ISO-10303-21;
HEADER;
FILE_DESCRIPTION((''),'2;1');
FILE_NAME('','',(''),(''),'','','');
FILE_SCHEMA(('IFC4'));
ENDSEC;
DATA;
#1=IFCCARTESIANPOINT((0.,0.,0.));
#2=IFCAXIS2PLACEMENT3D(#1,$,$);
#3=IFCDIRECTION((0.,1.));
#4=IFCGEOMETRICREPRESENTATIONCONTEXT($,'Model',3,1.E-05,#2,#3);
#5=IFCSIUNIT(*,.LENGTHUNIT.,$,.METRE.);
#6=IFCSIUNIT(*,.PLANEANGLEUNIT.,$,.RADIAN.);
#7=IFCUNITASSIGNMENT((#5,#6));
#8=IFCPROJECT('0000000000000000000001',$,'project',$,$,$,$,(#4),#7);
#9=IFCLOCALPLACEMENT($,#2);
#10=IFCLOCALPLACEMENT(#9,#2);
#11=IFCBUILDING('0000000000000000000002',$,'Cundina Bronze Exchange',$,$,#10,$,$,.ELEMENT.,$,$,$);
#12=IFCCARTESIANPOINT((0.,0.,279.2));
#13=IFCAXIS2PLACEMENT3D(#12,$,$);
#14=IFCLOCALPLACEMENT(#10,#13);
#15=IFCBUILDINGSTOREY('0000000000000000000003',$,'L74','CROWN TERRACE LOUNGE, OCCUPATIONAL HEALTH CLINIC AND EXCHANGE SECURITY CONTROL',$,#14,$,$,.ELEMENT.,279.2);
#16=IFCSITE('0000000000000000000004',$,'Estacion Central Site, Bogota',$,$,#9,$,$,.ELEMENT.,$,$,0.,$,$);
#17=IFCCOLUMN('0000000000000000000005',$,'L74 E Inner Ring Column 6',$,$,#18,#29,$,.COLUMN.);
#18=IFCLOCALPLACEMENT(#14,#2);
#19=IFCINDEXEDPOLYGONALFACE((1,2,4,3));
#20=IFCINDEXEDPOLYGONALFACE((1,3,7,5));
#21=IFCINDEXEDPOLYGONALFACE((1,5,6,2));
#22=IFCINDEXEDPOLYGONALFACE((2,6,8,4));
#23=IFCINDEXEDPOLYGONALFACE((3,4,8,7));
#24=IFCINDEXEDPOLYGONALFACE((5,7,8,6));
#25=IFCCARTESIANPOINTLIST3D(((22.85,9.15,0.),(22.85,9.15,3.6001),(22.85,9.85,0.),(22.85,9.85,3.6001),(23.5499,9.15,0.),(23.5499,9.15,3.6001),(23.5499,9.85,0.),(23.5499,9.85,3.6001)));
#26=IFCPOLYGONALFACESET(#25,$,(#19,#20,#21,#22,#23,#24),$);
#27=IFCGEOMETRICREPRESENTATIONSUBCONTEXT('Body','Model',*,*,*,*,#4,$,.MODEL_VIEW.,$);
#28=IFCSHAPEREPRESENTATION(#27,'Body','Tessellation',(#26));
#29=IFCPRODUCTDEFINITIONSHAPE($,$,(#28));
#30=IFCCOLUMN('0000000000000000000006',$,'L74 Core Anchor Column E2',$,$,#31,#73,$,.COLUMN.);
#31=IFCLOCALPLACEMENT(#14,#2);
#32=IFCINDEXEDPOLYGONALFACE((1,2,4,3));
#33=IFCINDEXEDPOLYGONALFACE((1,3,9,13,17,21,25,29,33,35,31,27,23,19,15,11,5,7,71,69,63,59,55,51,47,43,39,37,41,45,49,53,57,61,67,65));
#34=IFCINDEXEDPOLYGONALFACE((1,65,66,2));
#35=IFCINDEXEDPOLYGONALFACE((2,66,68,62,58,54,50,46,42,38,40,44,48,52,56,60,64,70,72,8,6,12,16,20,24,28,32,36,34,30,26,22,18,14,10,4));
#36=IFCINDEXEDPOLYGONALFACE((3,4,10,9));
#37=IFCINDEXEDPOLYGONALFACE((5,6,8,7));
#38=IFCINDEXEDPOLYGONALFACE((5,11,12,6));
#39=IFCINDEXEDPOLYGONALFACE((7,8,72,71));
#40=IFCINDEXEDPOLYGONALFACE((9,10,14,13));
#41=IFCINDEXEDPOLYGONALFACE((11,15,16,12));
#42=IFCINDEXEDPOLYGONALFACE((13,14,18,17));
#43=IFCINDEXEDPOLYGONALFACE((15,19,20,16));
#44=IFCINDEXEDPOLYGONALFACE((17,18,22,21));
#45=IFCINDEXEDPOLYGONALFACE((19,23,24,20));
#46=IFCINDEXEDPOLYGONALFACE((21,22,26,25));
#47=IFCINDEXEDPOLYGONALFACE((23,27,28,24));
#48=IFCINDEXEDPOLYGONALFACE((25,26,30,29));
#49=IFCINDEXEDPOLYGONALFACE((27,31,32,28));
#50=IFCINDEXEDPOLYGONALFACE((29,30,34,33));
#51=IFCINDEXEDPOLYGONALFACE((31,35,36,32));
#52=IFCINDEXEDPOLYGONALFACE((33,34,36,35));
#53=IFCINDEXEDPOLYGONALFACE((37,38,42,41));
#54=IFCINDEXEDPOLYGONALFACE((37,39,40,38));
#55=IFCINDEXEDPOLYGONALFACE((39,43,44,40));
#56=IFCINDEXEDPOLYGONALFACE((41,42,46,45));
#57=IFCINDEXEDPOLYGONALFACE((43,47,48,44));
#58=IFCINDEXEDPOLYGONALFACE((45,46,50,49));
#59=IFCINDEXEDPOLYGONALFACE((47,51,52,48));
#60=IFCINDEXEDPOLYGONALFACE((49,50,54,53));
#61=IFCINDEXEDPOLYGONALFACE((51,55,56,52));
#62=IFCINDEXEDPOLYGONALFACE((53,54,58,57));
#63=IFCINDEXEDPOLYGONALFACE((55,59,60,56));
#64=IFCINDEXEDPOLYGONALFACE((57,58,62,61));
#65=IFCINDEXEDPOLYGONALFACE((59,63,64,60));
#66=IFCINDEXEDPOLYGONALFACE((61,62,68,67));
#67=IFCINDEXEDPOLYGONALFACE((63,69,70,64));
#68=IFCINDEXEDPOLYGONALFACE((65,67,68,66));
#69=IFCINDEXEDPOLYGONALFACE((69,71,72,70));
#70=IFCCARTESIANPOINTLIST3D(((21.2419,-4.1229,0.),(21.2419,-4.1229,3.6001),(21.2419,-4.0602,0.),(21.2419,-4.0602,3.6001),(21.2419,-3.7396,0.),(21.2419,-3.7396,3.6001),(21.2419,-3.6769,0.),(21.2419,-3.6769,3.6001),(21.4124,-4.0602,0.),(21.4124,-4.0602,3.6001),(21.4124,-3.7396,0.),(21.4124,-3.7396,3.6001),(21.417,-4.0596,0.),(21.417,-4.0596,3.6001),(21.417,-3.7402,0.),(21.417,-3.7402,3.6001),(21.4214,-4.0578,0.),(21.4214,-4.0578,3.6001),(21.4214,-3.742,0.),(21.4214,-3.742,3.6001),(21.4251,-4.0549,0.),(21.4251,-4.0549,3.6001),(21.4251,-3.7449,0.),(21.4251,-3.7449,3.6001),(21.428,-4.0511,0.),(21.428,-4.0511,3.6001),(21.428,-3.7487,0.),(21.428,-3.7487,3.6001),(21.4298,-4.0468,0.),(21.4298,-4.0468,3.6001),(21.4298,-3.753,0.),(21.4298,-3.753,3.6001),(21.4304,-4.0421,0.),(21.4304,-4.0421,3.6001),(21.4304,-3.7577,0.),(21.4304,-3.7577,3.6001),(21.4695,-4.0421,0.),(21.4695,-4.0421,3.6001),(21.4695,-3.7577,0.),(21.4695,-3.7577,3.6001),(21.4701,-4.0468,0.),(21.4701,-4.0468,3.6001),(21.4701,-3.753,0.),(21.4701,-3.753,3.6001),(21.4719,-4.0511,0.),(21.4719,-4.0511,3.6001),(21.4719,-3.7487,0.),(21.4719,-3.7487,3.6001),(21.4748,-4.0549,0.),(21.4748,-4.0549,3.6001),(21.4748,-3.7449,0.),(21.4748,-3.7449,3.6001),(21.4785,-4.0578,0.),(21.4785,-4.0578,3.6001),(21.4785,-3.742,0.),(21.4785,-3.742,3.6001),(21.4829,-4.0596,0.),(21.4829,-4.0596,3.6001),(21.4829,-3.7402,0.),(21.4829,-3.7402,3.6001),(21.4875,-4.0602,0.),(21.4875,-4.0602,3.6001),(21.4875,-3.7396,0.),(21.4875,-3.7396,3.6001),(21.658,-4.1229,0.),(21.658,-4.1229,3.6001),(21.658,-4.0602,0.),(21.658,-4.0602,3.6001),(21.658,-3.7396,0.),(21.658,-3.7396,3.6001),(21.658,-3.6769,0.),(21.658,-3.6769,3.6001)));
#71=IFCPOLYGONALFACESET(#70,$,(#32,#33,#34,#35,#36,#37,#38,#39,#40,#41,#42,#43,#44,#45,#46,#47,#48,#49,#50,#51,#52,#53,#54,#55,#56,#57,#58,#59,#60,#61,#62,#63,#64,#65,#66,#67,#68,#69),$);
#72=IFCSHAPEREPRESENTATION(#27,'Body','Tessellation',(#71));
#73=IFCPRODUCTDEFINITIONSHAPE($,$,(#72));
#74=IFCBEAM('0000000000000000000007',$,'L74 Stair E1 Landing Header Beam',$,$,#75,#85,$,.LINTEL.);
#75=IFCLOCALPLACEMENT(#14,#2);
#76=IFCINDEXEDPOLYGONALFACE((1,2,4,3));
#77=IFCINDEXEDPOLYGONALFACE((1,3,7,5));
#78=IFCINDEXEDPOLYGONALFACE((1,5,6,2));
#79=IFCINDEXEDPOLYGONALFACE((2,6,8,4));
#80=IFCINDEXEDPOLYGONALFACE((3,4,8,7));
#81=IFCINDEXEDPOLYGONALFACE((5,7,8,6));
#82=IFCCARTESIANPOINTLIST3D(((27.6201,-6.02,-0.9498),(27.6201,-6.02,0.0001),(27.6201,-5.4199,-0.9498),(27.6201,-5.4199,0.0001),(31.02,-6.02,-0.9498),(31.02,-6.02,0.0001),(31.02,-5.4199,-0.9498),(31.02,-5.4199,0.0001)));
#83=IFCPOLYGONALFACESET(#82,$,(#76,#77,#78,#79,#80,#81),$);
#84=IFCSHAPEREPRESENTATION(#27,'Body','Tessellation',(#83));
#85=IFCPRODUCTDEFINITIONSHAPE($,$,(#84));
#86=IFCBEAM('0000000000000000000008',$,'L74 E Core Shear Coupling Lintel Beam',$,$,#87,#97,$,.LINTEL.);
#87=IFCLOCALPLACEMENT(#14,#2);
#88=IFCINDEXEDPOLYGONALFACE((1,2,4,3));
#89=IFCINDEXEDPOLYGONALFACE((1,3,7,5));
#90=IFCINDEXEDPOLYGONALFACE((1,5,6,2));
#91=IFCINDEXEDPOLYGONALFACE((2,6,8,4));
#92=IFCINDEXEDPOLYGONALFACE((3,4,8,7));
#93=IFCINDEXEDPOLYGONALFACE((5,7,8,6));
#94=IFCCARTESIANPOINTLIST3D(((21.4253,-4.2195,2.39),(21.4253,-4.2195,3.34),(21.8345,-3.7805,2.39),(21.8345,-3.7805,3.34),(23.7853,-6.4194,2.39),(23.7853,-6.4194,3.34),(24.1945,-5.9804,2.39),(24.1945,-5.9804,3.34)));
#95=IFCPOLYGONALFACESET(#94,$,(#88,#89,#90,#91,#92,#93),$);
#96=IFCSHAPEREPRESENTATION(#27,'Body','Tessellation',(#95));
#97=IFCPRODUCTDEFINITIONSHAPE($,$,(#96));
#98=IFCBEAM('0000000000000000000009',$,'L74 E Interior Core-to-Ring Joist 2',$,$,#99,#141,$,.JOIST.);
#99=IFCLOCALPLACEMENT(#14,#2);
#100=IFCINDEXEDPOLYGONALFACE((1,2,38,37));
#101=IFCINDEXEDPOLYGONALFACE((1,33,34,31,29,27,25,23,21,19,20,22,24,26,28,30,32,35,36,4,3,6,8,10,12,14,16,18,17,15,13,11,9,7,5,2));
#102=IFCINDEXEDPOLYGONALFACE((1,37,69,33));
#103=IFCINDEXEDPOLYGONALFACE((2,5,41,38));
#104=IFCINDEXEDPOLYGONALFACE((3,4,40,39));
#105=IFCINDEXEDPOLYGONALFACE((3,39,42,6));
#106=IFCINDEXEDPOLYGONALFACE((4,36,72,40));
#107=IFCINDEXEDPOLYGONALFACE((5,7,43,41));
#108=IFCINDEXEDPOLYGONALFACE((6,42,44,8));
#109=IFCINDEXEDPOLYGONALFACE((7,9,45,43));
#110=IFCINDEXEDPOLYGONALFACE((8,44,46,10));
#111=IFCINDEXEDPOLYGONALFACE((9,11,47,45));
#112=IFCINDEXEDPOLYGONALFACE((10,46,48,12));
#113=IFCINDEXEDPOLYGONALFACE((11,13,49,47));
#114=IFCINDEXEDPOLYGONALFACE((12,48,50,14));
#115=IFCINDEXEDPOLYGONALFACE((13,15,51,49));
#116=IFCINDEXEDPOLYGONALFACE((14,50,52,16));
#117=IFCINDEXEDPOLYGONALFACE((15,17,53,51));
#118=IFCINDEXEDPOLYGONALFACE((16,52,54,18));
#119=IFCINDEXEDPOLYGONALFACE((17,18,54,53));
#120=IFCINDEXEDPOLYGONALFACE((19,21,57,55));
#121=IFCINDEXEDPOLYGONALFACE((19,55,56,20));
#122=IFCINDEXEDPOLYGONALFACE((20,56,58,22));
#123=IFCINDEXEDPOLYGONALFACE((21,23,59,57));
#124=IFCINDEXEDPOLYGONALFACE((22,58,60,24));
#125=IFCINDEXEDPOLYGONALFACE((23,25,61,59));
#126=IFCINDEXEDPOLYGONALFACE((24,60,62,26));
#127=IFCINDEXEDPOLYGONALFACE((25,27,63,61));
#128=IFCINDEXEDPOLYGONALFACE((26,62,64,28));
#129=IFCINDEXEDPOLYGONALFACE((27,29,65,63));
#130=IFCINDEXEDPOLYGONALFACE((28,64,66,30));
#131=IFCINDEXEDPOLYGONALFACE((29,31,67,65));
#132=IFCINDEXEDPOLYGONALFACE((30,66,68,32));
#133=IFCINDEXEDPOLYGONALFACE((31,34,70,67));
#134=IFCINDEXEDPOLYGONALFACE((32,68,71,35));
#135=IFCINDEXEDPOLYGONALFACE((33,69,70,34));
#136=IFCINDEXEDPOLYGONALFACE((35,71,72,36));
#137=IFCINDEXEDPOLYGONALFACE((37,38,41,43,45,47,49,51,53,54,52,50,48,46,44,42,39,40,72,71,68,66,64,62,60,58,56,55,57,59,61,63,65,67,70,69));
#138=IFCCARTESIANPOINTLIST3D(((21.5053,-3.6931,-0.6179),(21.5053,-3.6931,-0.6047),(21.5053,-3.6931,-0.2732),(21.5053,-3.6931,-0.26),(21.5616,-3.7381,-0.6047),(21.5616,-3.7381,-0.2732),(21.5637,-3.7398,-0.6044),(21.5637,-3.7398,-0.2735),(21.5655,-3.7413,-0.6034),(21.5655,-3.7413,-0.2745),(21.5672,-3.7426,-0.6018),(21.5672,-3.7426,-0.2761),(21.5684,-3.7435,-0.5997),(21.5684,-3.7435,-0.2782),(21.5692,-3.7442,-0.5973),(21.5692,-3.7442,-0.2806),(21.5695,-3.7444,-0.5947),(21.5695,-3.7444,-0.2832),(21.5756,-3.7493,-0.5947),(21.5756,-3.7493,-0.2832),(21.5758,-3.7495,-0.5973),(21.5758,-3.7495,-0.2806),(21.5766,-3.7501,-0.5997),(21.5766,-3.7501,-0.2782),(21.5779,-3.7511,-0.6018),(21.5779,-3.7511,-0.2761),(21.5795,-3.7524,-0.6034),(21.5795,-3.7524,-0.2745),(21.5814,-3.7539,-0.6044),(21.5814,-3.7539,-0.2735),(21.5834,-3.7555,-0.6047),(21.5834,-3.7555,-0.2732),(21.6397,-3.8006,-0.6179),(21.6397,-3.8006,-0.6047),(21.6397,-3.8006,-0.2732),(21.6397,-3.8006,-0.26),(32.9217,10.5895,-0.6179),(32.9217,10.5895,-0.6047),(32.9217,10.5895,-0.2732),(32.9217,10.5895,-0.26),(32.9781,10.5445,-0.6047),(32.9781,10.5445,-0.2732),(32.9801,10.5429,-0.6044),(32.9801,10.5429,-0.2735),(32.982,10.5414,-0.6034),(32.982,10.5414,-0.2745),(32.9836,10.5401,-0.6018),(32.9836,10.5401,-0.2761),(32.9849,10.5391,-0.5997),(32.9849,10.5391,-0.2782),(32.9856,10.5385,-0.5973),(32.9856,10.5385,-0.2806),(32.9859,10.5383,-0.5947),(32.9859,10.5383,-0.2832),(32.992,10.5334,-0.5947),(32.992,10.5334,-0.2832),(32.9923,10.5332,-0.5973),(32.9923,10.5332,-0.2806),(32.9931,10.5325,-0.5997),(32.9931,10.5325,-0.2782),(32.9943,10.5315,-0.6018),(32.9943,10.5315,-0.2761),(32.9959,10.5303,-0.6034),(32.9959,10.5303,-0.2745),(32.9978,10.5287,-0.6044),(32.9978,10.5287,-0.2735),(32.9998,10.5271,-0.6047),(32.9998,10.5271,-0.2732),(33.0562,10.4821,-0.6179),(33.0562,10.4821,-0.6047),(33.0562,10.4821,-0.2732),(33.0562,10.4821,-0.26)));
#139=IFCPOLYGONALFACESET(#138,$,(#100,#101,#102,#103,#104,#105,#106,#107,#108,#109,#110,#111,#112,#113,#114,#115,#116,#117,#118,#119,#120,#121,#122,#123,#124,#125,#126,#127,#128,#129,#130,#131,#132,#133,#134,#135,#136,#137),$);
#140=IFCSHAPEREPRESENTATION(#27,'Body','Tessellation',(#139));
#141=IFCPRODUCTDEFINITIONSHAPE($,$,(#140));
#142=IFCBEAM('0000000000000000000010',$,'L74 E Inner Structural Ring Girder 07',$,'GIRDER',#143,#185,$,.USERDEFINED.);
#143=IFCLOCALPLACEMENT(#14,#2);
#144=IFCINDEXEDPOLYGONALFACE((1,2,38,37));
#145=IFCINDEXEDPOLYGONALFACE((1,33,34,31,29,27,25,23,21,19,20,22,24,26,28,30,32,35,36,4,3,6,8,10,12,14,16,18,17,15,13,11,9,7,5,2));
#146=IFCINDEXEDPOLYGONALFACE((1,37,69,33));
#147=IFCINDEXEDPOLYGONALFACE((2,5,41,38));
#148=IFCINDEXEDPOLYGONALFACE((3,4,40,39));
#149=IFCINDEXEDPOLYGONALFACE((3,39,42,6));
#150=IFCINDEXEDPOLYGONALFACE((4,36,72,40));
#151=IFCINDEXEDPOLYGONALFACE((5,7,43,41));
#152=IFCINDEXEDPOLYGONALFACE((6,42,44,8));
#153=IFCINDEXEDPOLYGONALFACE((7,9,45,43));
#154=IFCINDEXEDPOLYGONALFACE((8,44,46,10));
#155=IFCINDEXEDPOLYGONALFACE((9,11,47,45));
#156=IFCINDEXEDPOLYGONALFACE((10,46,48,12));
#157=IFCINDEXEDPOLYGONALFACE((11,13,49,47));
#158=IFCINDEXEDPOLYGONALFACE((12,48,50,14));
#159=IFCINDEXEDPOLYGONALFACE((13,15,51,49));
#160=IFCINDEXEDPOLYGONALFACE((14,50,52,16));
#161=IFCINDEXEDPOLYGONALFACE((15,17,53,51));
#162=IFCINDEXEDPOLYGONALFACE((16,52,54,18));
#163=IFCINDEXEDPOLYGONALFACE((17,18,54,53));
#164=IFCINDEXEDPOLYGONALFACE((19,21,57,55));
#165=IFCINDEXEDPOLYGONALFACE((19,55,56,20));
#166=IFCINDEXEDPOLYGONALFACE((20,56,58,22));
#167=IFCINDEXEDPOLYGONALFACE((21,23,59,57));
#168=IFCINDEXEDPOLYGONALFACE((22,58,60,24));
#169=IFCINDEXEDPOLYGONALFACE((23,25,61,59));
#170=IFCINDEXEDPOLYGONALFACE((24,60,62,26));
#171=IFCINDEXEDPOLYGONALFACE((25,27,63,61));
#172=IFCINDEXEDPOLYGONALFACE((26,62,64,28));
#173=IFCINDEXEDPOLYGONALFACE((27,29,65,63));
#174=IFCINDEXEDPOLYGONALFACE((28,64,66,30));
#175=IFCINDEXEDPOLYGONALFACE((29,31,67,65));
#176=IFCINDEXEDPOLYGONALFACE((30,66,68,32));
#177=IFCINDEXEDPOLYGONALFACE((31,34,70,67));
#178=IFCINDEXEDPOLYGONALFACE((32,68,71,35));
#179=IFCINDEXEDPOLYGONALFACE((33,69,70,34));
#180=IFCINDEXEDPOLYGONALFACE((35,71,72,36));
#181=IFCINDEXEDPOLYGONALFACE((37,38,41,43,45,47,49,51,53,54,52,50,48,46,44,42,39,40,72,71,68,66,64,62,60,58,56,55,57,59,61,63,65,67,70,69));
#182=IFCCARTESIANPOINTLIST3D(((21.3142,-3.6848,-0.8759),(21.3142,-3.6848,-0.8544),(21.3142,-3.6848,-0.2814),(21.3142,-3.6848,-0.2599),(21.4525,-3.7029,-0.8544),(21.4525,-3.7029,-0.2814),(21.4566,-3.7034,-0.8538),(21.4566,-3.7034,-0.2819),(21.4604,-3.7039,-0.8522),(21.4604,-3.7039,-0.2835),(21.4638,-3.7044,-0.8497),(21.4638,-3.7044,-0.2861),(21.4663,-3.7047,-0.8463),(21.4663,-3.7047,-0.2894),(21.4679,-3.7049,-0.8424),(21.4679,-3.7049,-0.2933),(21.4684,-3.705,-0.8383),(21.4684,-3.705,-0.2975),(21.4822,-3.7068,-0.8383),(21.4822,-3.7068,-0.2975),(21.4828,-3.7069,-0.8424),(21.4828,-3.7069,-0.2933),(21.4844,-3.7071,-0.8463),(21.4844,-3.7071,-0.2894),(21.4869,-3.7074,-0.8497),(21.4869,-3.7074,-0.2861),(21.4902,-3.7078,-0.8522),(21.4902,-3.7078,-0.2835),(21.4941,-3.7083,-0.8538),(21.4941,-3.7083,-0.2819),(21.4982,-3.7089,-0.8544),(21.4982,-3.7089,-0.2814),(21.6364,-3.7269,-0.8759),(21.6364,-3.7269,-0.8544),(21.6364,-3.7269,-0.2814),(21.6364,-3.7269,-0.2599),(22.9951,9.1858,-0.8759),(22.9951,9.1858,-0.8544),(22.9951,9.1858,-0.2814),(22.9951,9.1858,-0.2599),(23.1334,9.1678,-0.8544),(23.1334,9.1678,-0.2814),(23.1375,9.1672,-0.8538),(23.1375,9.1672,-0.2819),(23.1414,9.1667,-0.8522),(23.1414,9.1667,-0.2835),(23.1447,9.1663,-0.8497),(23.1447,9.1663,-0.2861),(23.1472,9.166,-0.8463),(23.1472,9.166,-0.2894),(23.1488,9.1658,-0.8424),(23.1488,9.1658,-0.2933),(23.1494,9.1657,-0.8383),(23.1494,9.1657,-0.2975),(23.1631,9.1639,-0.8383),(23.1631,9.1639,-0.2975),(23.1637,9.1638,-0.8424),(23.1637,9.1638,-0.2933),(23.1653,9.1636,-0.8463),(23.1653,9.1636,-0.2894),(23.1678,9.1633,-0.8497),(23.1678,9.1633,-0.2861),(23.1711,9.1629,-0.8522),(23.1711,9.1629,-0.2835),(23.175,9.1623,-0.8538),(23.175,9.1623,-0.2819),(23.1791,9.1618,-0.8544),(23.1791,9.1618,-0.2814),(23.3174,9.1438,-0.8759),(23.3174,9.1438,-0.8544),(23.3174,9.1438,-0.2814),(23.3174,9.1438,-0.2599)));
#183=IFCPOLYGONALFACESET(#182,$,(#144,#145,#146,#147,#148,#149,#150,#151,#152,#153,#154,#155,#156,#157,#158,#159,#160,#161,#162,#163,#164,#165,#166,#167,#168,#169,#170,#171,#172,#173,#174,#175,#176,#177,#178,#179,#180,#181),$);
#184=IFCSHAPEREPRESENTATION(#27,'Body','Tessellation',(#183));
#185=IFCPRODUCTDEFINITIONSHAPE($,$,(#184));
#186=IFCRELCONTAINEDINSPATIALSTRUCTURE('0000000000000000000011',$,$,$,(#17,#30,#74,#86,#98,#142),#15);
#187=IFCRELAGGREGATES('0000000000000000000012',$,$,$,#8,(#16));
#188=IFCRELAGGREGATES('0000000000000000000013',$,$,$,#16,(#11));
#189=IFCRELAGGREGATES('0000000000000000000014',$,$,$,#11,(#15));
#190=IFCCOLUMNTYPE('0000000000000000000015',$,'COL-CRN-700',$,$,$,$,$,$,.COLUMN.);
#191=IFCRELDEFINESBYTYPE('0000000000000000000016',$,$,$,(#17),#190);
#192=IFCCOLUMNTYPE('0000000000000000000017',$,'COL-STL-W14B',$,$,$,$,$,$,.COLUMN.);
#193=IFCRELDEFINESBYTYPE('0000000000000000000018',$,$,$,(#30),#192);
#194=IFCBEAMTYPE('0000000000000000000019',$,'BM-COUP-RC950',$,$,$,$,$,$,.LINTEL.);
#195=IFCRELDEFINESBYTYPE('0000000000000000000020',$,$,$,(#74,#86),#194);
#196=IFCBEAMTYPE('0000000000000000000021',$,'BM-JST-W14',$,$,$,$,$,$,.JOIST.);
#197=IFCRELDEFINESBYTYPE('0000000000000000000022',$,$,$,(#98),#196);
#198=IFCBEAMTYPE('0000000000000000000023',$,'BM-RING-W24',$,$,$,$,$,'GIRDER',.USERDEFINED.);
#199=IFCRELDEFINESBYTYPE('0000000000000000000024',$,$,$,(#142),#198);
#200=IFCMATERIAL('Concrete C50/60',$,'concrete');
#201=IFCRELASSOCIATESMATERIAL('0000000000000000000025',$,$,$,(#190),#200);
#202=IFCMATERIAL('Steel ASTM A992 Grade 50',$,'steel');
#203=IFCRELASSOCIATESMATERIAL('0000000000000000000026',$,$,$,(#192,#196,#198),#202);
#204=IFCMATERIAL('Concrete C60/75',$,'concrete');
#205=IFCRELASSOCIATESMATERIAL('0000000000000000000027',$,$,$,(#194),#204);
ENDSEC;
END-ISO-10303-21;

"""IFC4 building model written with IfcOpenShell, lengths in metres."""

from ifc_helpers import new_model, si_unit, direction, frame, origin, origin_2d, place, context, subcontext, project, spatial, rectangle, i_section, extrude, material, material_profile, profile_set, type_object, element, save


model = new_model("IFC4")

# Units and contexts
model_context = context("Model", 3, precision=1e-05, world=origin(), true_north=direction((0.0, 1.0)))
body_context = subcontext(model_context, "Body", "Model", "MODEL_VIEW")
ifc_project = project(units=[si_unit("LENGTHUNIT", "METRE"), si_unit("PLANEANGLEUNIT", "RADIAN")], contexts=[model_context])

# Site, building, storey
site_placement = place(None, origin())
site = spatial("IfcSite", under=ifc_project, at=site_placement, Name="Estacion Central Site, Bogota", CompositionType="ELEMENT", RefElevation=0.0)
building_placement = place(site_placement, origin())
building = spatial("IfcBuilding", under=site, at=building_placement, Name="Cundina Bronze Exchange", CompositionType="ELEMENT")
storey_placement = place(building_placement, frame((0.0, 0.0, 279.2)))
storey = spatial("IfcBuildingStorey", under=building, at=storey_placement, Name="L74", Description="CROWN TERRACE LOUNGE, OCCUPATIONAL HEALTH CLINIC AND EXCHANGE SECURITY CONTROL", CompositionType="ELEMENT", Elevation=279.2)

# Columns
ifc_material_1 = material(Name="Concrete C50/60", Category="concrete")
ifc_material_profile_1 = material_profile(ifc_material_1, rectangle(XDim=0.7, YDim=0.7, at=origin_2d()), Name="RC700X700", Category="concrete")
ifc_profile_set_1 = profile_set([ifc_material_profile_1], Name="Concrete C50/60")
column_type_1 = type_object("IfcColumnType", Name="COL-CRN-700", PredefinedType="COLUMN", material=ifc_profile_set_1)
column_1_placement = place(storey_placement, frame((23.2, 9.5, 0.0), z_axis=(0.0, 0.0, 1.0), x_axis=(1.0, 0.0, 0.0)))
element("IfcColumn", 1, at=column_1_placement, inside=storey, type_object=column_type_1, Name="L74 E Inner Ring Column 6", PredefinedType="COLUMN", context=body_context, shape_type="SweptSolid", body=[
    extrude(rectangle(XDim=0.7, YDim=0.7, at=origin_2d()), origin(), (0.0, 0.0, 1.0), 3.6001),
])
ifc_material_2 = material(Name="Steel ASTM A992 Grade 50", Category="steel")
ifc_material_profile_2 = material_profile(ifc_material_2, i_section(OverallWidth=0.416, OverallDepth=0.446, WebThickness=0.0391, FlangeThickness=0.0627, FilletRadius=0.0181, at=origin_2d()), Name="W14X342", Category="steel")
ifc_profile_set_2 = profile_set([ifc_material_profile_2], Name="Steel ASTM A992 Grade 50")
column_type_2 = type_object("IfcColumnType", Name="COL-STL-W14B", PredefinedType="COLUMN", material=ifc_profile_set_2)
column_2_placement = place(storey_placement, frame((21.45, -3.8999, 0.0), z_axis=(0.0, 0.0, 1.0), x_axis=(1.0, 0.0, 0.0)))
element("IfcColumn", 2, at=column_2_placement, inside=storey, type_object=column_type_2, Name="L74 Core Anchor Column E2", PredefinedType="COLUMN", context=body_context, shape_type="SweptSolid", body=[
    extrude(i_section(OverallWidth=0.416, OverallDepth=0.446, WebThickness=0.0391, FlangeThickness=0.0627, FilletRadius=0.0181, at=origin_2d()), origin(), (0.0, 0.0, 1.0), 3.6001),
])

# Beams
ifc_material_3 = material(Name="Concrete C60/75", Category="concrete")
ifc_material_profile_3 = material_profile(ifc_material_3, rectangle(XDim=0.6001, YDim=0.95, at=origin_2d()), Name="RC600X950", Category="concrete")
ifc_profile_set_3 = profile_set([ifc_material_profile_3], Name="Concrete C60/75")
beam_type_1 = type_object("IfcBeamType", Name="BM-COUP-RC950", PredefinedType="LINTEL", material=ifc_profile_set_3)
beam_1_placement = place(storey_placement, frame((27.6201, -5.72, -0.4749), z_axis=(1.0, 0.0, 0.0), x_axis=(0.0, 1.0, 0.0)))
element("IfcBeam", 3, at=beam_1_placement, inside=storey, type_object=beam_type_1, Name="L74 Stair E1 Landing Header Beam", PredefinedType="LINTEL", context=body_context, shape_type="SweptSolid", body=[
    extrude(rectangle(XDim=0.6001, YDim=0.95, at=origin_2d()), origin(), (0.0, 0.0, 1.0), 3.3999),
])
beam_2_placement = place(storey_placement, frame((21.6299, -4.0, 2.865), z_axis=(0.73149, -0.681852, 0.0), x_axis=(0.681852, 0.73149, 0.0)))
element("IfcBeam", 4, at=beam_2_placement, inside=storey, type_object=beam_type_1, Name="L74 E Core Shear Coupling Lintel Beam", PredefinedType="LINTEL", context=body_context, shape_type="SweptSolid", body=[
    extrude(rectangle(XDim=0.6001, YDim=0.95, at=origin_2d()), origin(), (0.0, 0.0, 1.0), 3.2263),
])
ifc_material_profile_4 = material_profile(ifc_material_2, i_section(OverallWidth=0.1721, OverallDepth=0.3579, WebThickness=0.0078, FlangeThickness=0.0132, FilletRadius=0.01, at=origin_2d()), Name="W14X38", Category="steel")
ifc_profile_set_4 = profile_set([ifc_material_profile_4], Name="Steel ASTM A992 Grade 50")
beam_type_2 = type_object("IfcBeamType", Name="BM-JST-W14", PredefinedType="JOIST", material=ifc_profile_set_4)
beam_3_placement = place(storey_placement, frame((21.5725, -3.7468, -0.439), z_axis=(0.624373, 0.781127, 0.0), x_axis=(-0.781127, 0.624373, 0.0)))
element("IfcBeam", 5, at=beam_3_placement, inside=storey, type_object=beam_type_2, Name="L74 E Interior Core-to-Ring Joist 2", PredefinedType="JOIST", context=body_context, shape_type="SweptSolid", body=[
    extrude(i_section(OverallWidth=0.1721, OverallDepth=0.3579, WebThickness=0.0078, FlangeThickness=0.0132, FilletRadius=0.01, at=origin_2d()), origin(), (0.0, 0.0, 1.0), 18.2847),
])
ifc_material_profile_5 = material_profile(ifc_material_2, i_section(OverallWidth=0.325, OverallDepth=0.616, WebThickness=0.0139, FlangeThickness=0.0215, FilletRadius=0.0161, at=origin_2d()), Name="W24X117", Category="steel")
ifc_profile_set_5 = profile_set([ifc_material_profile_5], Name="Steel ASTM A992 Grade 50")
beam_type_3 = type_object("IfcBeamType", Name="BM-RING-W24", ElementType="GIRDER", PredefinedType="USERDEFINED", material=ifc_profile_set_5)
beam_4_placement = place(storey_placement, frame((23.1562, 9.1648, -0.5679), z_axis=(-0.129501, -0.991579, 0.0), x_axis=(0.991579, -0.129501, 0.0)))
element("IfcBeam", 6, at=beam_4_placement, inside=storey, type_object=beam_type_3, Name="L74 E Inner Structural Ring Girder 07", ObjectType="GIRDER", PredefinedType="USERDEFINED", context=body_context, shape_type="SweptSolid", body=[
    extrude(i_section(OverallWidth=0.325, OverallDepth=0.616, WebThickness=0.0139, FlangeThickness=0.0215, FilletRadius=0.0161, at=origin_2d()), origin(), (0.0, 0.0, 1.0), 12.98),
])

save(model, "model.ifc")
